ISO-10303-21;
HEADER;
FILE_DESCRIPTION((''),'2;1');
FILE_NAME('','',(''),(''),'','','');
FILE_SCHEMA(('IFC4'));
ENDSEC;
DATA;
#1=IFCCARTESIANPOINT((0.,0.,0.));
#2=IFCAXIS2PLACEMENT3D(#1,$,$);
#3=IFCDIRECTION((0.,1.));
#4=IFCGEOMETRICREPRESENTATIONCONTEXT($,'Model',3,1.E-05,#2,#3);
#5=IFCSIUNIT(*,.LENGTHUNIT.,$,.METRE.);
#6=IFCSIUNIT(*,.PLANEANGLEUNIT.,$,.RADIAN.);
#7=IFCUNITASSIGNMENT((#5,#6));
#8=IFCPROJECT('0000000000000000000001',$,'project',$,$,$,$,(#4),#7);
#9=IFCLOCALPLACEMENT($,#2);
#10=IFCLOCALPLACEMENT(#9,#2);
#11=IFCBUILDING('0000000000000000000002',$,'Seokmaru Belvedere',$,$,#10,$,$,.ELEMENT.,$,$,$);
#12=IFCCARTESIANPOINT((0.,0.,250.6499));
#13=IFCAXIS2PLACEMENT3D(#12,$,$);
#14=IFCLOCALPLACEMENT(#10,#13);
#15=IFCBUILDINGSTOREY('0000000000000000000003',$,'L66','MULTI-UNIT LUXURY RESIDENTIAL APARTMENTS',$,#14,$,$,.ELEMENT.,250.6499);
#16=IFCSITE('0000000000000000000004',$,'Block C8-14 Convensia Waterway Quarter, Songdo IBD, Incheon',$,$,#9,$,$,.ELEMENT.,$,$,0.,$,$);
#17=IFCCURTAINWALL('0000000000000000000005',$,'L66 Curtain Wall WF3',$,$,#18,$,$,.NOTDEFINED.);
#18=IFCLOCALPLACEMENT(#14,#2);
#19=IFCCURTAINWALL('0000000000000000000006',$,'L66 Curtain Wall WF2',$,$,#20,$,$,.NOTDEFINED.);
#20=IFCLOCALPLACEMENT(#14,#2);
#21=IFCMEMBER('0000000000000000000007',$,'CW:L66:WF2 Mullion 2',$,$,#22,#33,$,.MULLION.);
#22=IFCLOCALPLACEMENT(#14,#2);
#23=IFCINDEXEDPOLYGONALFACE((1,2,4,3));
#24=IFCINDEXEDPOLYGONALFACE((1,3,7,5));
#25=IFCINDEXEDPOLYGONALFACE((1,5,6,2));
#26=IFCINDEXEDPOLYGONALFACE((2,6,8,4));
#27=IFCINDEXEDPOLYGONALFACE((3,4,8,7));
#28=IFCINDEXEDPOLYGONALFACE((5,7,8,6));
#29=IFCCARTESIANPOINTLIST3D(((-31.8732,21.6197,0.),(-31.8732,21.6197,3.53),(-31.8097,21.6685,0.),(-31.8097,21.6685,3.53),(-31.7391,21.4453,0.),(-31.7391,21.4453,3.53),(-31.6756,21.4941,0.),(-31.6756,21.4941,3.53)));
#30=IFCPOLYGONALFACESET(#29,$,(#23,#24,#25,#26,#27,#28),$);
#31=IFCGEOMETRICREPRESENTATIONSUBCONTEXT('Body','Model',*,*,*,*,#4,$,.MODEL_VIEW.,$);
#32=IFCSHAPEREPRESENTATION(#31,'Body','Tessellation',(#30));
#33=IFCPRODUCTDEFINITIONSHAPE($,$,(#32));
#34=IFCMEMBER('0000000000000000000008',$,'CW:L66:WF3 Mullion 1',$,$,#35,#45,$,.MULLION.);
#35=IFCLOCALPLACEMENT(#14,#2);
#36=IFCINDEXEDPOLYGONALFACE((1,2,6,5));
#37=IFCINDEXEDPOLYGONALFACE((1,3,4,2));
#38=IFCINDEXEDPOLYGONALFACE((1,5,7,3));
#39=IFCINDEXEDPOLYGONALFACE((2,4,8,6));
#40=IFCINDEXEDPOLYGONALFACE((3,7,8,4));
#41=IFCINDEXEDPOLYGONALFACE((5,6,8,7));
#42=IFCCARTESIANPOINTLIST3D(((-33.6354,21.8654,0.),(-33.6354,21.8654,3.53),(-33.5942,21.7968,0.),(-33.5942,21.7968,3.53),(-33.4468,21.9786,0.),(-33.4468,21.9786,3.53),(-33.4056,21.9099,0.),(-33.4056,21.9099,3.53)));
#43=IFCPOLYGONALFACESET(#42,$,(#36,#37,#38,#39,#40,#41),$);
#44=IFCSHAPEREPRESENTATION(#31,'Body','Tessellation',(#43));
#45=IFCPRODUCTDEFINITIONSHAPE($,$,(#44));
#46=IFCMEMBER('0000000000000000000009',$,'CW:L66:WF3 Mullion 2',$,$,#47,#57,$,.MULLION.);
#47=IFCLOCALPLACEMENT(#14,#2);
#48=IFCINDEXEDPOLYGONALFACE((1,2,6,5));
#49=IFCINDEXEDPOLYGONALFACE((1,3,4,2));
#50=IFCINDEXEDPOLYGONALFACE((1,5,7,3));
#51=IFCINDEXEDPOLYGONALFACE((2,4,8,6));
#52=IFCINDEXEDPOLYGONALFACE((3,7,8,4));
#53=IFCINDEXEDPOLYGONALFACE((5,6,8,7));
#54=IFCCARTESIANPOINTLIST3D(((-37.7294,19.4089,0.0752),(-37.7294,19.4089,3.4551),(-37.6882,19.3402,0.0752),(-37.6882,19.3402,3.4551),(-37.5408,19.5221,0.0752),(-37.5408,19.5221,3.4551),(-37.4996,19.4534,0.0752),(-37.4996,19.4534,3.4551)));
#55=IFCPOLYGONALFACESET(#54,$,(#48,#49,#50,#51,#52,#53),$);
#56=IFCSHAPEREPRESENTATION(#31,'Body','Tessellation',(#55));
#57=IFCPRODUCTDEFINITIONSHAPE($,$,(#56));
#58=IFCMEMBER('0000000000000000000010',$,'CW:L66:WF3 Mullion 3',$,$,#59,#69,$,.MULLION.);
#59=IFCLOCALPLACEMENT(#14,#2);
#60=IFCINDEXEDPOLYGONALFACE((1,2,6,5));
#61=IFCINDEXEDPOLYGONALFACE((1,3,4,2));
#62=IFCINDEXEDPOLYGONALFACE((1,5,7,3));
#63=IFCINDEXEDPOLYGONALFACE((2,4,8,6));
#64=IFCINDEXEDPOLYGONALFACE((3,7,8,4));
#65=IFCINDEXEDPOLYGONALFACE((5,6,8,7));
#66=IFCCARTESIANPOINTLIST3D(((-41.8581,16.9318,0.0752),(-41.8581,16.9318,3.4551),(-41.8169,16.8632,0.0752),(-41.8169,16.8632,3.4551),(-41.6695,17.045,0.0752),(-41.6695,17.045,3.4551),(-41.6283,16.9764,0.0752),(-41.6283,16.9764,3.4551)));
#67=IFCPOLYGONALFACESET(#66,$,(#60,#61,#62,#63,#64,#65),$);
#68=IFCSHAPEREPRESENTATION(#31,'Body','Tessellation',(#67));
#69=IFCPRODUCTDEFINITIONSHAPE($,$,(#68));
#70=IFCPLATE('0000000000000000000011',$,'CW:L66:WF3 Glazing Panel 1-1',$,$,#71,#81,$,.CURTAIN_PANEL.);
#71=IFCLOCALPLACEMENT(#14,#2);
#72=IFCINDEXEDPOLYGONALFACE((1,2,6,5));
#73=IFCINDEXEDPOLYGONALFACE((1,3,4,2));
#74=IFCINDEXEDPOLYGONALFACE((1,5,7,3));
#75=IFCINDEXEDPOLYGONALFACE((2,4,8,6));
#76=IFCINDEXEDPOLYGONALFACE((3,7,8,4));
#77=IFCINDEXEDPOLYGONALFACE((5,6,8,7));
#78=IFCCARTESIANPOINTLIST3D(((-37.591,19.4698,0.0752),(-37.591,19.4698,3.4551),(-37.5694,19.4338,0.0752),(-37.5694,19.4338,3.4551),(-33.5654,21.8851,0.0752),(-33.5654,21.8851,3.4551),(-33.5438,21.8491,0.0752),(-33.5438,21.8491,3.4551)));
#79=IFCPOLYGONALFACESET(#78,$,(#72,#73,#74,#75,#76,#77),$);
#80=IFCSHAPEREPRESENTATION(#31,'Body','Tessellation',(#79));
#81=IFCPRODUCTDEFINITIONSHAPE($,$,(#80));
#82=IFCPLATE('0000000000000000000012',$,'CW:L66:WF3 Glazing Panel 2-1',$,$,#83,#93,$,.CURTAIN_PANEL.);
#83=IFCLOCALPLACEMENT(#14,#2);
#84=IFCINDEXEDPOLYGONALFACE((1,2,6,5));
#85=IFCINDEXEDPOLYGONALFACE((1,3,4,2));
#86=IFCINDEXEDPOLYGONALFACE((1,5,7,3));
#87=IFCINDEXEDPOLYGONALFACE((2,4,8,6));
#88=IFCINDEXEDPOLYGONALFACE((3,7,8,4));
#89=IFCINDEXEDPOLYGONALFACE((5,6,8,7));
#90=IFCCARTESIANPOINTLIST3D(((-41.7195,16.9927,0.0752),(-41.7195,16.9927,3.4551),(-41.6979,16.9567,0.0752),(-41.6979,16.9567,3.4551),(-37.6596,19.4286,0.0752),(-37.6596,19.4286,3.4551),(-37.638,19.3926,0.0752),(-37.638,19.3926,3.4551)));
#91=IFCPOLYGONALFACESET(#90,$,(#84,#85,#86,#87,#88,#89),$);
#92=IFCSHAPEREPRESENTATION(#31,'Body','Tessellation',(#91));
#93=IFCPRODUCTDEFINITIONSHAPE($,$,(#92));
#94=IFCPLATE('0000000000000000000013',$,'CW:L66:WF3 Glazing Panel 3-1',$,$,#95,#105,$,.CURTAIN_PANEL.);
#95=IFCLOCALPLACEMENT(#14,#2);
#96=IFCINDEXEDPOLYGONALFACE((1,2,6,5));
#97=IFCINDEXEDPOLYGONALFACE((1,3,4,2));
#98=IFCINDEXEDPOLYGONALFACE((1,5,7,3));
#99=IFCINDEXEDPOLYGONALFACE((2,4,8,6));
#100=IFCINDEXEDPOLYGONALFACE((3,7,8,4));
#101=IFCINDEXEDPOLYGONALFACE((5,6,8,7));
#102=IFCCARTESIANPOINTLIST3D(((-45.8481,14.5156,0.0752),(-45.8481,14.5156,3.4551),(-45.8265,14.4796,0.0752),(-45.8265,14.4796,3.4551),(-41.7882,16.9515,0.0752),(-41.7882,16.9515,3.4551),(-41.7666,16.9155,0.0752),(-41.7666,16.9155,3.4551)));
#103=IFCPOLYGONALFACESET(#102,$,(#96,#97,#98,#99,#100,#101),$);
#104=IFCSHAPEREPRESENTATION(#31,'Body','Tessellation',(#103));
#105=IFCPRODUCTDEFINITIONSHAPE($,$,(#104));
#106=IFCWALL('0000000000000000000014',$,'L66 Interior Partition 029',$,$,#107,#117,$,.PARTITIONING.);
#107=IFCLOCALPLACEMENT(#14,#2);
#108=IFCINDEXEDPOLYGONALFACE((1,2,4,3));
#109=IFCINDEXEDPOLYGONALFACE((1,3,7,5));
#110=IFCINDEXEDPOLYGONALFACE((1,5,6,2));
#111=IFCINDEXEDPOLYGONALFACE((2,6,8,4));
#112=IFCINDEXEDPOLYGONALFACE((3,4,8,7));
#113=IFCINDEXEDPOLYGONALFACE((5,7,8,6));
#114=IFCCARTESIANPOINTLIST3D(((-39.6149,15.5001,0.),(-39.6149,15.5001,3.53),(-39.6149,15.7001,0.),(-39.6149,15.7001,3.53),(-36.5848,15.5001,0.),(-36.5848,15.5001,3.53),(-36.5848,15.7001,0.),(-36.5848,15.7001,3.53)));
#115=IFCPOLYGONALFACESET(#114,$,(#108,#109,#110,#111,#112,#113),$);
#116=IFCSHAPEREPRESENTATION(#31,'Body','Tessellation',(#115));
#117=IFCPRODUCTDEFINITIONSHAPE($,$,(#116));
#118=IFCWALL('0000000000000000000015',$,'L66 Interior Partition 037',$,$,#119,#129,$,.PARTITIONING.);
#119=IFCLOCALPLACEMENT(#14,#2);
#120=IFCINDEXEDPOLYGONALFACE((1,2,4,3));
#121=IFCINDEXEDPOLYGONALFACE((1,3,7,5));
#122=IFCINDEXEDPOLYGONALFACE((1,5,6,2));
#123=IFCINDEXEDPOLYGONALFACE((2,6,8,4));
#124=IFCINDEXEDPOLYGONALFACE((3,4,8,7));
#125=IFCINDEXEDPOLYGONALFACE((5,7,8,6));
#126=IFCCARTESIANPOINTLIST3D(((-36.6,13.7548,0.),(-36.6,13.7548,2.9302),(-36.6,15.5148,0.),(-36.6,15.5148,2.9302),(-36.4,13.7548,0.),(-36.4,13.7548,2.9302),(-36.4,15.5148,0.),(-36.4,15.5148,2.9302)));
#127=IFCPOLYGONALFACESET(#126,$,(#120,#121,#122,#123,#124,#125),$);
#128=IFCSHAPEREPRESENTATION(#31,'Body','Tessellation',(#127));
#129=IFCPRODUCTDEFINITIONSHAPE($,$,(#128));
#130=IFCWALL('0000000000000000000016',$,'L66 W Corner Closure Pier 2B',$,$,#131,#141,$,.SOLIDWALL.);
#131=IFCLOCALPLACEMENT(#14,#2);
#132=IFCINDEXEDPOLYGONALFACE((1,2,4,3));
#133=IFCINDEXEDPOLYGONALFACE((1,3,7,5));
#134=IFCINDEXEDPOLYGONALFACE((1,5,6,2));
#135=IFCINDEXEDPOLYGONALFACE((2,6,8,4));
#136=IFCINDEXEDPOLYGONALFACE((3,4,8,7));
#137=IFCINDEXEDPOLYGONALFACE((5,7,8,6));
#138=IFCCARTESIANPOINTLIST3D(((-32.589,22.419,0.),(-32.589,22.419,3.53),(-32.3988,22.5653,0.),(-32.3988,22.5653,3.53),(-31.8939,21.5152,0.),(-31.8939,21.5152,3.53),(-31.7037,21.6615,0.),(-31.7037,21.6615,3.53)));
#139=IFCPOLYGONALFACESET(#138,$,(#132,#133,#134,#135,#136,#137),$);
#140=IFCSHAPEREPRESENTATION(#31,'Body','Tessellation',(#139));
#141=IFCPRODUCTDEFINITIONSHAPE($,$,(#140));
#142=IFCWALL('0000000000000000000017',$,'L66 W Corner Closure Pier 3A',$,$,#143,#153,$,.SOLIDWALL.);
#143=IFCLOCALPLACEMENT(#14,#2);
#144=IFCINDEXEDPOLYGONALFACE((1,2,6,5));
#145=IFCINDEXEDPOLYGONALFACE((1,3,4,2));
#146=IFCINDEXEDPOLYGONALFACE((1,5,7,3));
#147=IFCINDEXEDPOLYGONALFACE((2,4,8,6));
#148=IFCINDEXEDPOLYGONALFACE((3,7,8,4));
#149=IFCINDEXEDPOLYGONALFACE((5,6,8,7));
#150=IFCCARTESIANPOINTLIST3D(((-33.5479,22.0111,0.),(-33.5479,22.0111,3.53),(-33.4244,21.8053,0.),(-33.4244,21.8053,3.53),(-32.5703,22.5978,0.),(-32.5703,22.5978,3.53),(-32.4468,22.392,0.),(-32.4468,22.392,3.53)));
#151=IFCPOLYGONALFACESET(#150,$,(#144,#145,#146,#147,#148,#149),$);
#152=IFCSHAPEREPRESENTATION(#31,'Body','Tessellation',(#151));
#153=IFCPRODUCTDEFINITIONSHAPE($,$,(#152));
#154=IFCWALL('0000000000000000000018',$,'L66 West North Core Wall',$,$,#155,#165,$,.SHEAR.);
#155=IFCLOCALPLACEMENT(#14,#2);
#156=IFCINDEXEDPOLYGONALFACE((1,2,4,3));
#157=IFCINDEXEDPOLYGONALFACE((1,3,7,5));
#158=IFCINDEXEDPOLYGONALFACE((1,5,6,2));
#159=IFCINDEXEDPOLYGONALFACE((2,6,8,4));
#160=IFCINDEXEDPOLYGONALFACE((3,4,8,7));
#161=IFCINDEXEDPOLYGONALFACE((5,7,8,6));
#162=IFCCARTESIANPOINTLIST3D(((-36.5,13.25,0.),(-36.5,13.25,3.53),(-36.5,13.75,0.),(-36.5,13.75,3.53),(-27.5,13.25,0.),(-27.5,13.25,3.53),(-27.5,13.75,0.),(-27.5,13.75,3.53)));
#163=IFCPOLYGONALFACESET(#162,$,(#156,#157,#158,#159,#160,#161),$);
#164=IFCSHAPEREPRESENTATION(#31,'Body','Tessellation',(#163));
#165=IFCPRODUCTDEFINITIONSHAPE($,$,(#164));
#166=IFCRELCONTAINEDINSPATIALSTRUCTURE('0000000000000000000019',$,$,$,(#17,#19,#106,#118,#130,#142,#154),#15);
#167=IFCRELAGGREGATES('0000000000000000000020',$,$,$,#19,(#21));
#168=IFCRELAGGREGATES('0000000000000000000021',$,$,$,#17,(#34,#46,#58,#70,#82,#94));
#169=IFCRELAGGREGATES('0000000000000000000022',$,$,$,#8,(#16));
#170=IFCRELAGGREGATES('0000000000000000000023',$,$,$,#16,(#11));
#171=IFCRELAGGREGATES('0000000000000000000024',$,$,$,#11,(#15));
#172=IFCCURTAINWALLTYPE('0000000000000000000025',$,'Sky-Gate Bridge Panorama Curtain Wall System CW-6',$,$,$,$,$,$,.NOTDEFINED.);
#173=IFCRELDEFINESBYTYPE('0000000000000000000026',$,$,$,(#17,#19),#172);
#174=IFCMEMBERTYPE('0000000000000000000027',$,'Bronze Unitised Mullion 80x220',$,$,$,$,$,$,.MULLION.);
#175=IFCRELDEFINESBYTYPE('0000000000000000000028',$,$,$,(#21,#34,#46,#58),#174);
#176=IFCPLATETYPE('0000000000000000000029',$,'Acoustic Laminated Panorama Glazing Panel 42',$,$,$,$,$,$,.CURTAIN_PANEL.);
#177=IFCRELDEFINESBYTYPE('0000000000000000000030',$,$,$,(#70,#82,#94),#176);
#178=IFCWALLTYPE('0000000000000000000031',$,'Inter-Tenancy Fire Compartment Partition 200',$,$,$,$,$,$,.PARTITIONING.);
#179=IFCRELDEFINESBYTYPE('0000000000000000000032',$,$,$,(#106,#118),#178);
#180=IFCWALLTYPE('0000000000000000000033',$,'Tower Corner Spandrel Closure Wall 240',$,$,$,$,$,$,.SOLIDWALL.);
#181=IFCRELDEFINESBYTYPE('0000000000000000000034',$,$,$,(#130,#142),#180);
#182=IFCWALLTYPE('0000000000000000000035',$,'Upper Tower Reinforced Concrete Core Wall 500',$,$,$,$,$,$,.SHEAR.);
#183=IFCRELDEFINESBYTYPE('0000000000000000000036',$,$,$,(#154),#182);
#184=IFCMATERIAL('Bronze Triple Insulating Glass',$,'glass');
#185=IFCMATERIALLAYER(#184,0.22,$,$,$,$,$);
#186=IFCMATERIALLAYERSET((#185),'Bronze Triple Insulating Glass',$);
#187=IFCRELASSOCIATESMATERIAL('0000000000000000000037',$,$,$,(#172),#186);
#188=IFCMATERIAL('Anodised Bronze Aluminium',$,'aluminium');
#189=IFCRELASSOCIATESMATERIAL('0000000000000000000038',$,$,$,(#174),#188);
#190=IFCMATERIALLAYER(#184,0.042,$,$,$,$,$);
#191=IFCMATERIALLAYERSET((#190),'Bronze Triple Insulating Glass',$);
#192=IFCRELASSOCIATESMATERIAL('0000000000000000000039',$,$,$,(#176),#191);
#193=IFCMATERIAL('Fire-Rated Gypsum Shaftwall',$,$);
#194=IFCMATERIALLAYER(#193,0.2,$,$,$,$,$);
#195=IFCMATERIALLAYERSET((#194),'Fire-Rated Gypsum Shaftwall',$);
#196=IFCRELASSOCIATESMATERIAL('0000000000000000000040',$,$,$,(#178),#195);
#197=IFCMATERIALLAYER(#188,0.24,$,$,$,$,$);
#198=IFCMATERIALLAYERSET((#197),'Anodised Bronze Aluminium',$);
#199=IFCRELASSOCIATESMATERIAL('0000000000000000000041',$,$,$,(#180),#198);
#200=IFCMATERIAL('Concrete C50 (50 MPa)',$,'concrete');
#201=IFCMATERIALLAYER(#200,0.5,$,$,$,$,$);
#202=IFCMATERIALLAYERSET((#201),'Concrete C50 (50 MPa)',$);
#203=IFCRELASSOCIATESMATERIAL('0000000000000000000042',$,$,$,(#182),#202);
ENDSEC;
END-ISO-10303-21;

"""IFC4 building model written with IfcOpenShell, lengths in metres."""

from ifc_helpers import new_model, si_unit, direction, frame, frame_2d, origin, origin_2d, place, context, subcontext, project, spatial, rectangle, extrude, source, transform, mapped, material, layer, layer_set, material_profile, profile_set, type_object, type_shapes, element, aggregate, save


model = new_model("IFC4")

# Units and contexts
model_context = context("Model", 3, precision=1e-05, world=origin(), true_north=direction((0.0, 1.0)))
body_context = subcontext(model_context, "Body", "Model", "MODEL_VIEW")
ifc_project = project(units=[si_unit("LENGTHUNIT", "METRE"), si_unit("PLANEANGLEUNIT", "RADIAN")], contexts=[model_context])

# Site, building, storey
site_placement = place(None, origin())
site = spatial("IfcSite", under=ifc_project, at=site_placement, Name="Block C8-14 Convensia Waterway Quarter, Songdo IBD, Incheon", CompositionType="ELEMENT", RefElevation=0.0)
building_placement = place(site_placement, origin())
building = spatial("IfcBuilding", under=site, at=building_placement, Name="Seokmaru Belvedere", CompositionType="ELEMENT")
storey_placement = place(building_placement, frame((0.0, 0.0, 250.6499)))
storey = spatial("IfcBuildingStorey", under=building, at=storey_placement, Name="L66", Description="MULTI-UNIT LUXURY RESIDENTIAL APARTMENTS", CompositionType="ELEMENT", Elevation=250.6499)

# Curtain wall
ifc_material_1 = material(Name="Bronze Triple Insulating Glass", Category="glass")
ifc_layer_1 = layer(ifc_material_1, 0.22)
ifc_layer_set_1 = layer_set([ifc_layer_1], Name="Bronze Triple Insulating Glass")
curtain_wall_type = type_object("IfcCurtainWallType", Name="Sky-Gate Bridge Panorama Curtain Wall System CW-6", PredefinedType="NOTDEFINED", material=ifc_layer_set_1)
curtain_wall_1_placement = place(storey_placement, origin())
curtain_wall_1 = element("IfcCurtainWall", 1, at=curtain_wall_1_placement, inside=storey, type_object=curtain_wall_type, Name="L66 Curtain Wall WF3", PredefinedType="NOTDEFINED")
ifc_material_2 = material(Name="Anodised Bronze Aluminium", Category="aluminium")

# Curtain wall, member
curtain_wall_2_placement = place(storey_placement, origin())
curtain_wall_2 = element("IfcCurtainWall", 2, at=curtain_wall_2_placement, inside=storey, type_object=curtain_wall_type, Name="L66 Curtain Wall WF2", PredefinedType="NOTDEFINED")
ifc_material_profile_1 = material_profile(ifc_material_2, rectangle(XDim=0.0801, YDim=0.22, at=origin_2d()), Name="CW-M-80x220")
ifc_profile_set_1 = profile_set([ifc_material_profile_1], Name="Anodised Bronze Aluminium")
member_type_1 = type_object("IfcMemberType", Name="Bronze Unitised Mullion 80x220", PredefinedType="MULLION", material=ifc_profile_set_1)
shared_shape_1 = source(origin(), body_context, "Body", "SweptSolid", [
    extrude(rectangle(XDim=0.0801, YDim=0.22, at=origin_2d()), origin(), (0.0, 0.0, 1.0), 3.53),
])
member_1_placement = place(storey_placement, frame((-31.7744, 21.5569, 0.0), z_axis=(0.0, 0.0, 1.0), x_axis=(-0.792631, -0.609701, 0.0)))
member_1 = element("IfcMember", 3, at=member_1_placement, type_object=member_type_1, Name="CW:L66:WF2 Mullion 2", PredefinedType="MULLION", context=body_context, shape_type="MappedRepresentation", body=[
    mapped(shared_shape_1, transform((0.0, 0.0, 0.0), scale=1.0)),
])
aggregate(curtain_wall_2, [member_1])

# Members
member_2_placement = place(storey_placement, frame((-33.5205, 21.8877, 0.0), z_axis=(0.0, 0.0, 1.0), x_axis=(0.514495, -0.857493, 0.0)))
member_2 = element("IfcMember", 4, at=member_2_placement, type_object=member_type_1, Name="CW:L66:WF3 Mullion 1", PredefinedType="MULLION", context=body_context, shape_type="MappedRepresentation", body=[
    mapped(shared_shape_1, transform((0.0, 0.0, 0.0), scale=1.0)),
])
shared_shape_2 = source(origin(), body_context, "Body", "SweptSolid", [
    extrude(rectangle(XDim=0.0801, YDim=0.22, at=origin_2d()), origin(), (0.0, 0.0, 1.0), 3.3799),
])
type_shapes(member_type_1, [shared_shape_1, shared_shape_2])
member_3_placement = place(storey_placement, frame((-37.6145, 19.4312, 0.0752), z_axis=(0.0, 0.0, 1.0), x_axis=(0.514495, -0.857493, 0.0)))
member_3 = element("IfcMember", 5, at=member_3_placement, type_object=member_type_1, Name="CW:L66:WF3 Mullion 2", PredefinedType="MULLION", context=body_context, shape_type="MappedRepresentation", body=[
    mapped(shared_shape_2, transform((0.0, 0.0, 0.0), scale=1.0)),
])
member_4_placement = place(storey_placement, frame((-41.7432, 16.9541, 0.0752), z_axis=(0.0, 0.0, 1.0), x_axis=(0.514495, -0.857493, 0.0)))
member_4 = element("IfcMember", 6, at=member_4_placement, type_object=member_type_1, Name="CW:L66:WF3 Mullion 3", PredefinedType="MULLION", context=body_context, shape_type="MappedRepresentation", body=[
    mapped(shared_shape_2, transform((0.0, 0.0, 0.0), scale=1.0)),
])

# Plates
ifc_layer_2 = layer(ifc_material_1, 0.042)
ifc_layer_set_2 = layer_set([ifc_layer_2], Name="Bronze Triple Insulating Glass")
plate_type = type_object("IfcPlateType", Name="Acoustic Laminated Panorama Glazing Panel 42", PredefinedType="CURTAIN_PANEL", material=ifc_layer_set_2)
shared_shape_3 = source(origin(), body_context, "Body", "SweptSolid", [
    extrude(rectangle(XDim=4.6946, YDim=0.042, at=origin_2d()), origin(), (0.0, 0.0, 1.0), 3.3799),
])
plate_1_placement = place(storey_placement, frame((-35.5674, 20.6594, 0.0752), z_axis=(0.0, 0.0, 1.0), x_axis=(-0.857493, -0.514495, 0.0)))
plate_1 = element("IfcPlate", 7, at=plate_1_placement, type_object=plate_type, Name="CW:L66:WF3 Glazing Panel 1-1", PredefinedType="CURTAIN_PANEL", context=body_context, shape_type="MappedRepresentation", body=[
    mapped(shared_shape_3, transform((0.0, 0.0, 0.0), scale=1.0)),
])
shared_shape_4 = source(origin(), body_context, "Body", "SweptSolid", [
    extrude(rectangle(XDim=4.7346, YDim=0.042, at=origin_2d()), origin(), (0.0, 0.0, 1.0), 3.3799),
])
type_shapes(plate_type, [shared_shape_3, shared_shape_4])
plate_2_placement = place(storey_placement, frame((-39.6787, 18.1926, 0.0752), z_axis=(0.0, 0.0, 1.0), x_axis=(-0.857493, -0.514495, 0.0)))
plate_2 = element("IfcPlate", 8, at=plate_2_placement, type_object=plate_type, Name="CW:L66:WF3 Glazing Panel 2-1", PredefinedType="CURTAIN_PANEL", context=body_context, shape_type="MappedRepresentation", body=[
    mapped(shared_shape_4, transform((0.0, 0.0, 0.0), scale=1.0)),
])
plate_3_placement = place(storey_placement, frame((-43.8074, 15.7156, 0.0752), z_axis=(0.0, 0.0, 1.0), x_axis=(-0.857493, -0.514495, 0.0)))
plate_3 = element("IfcPlate", 9, at=plate_3_placement, type_object=plate_type, Name="CW:L66:WF3 Glazing Panel 3-1", PredefinedType="CURTAIN_PANEL", context=body_context, shape_type="MappedRepresentation", body=[
    mapped(shared_shape_4, transform((0.0, 0.0, 0.0), scale=1.0)),
])
aggregate(curtain_wall_1, [member_2, member_3, member_4, plate_1, plate_2, plate_3])

# Walls
ifc_material_3 = material(Name="Fire-Rated Gypsum Shaftwall")
ifc_layer_3 = layer(ifc_material_3, 0.2)
ifc_layer_set_3 = layer_set([ifc_layer_3], Name="Fire-Rated Gypsum Shaftwall")
wall_type_1 = type_object("IfcWallType", Name="Inter-Tenancy Fire Compartment Partition 200", PredefinedType="PARTITIONING", material=ifc_layer_set_3)
wall_1_placement = place(storey_placement, frame((-39.615, 15.6001, 0.0), z_axis=(0.0, 0.0, 1.0), x_axis=(1.0, 0.0, 0.0)))
element("IfcWall", 10, at=wall_1_placement, inside=storey, type_object=wall_type_1, Name="L66 Interior Partition 029", PredefinedType="PARTITIONING", context=body_context, shape_type="SweptSolid", body=[
    extrude(rectangle(XDim=3.03, YDim=0.2, at=frame_2d((1.5151, 0.0))), origin(), (0.0, 0.0, 1.0), 3.53),
])
wall_2_placement = place(storey_placement, frame((-36.5, 13.7549, 0.0), z_axis=(0.0, 0.0, 1.0), x_axis=(0.0, 1.0, 0.0)))
element("IfcWall", 11, at=wall_2_placement, inside=storey, type_object=wall_type_1, Name="L66 Interior Partition 037", PredefinedType="PARTITIONING", context=body_context, shape_type="SweptSolid", body=[
    extrude(rectangle(XDim=1.76, YDim=0.2, at=frame_2d((0.8799, 0.0))), origin(), (0.0, 0.0, 1.0), 2.9302),
])
ifc_layer_4 = layer(ifc_material_2, 0.24)
ifc_layer_set_4 = layer_set([ifc_layer_4], Name="Anodised Bronze Aluminium")
wall_type_2 = type_object("IfcWallType", Name="Tower Corner Spandrel Closure Wall 240", PredefinedType="SOLIDWALL", material=ifc_layer_set_4)
for number, where, z_axis, x_axis, name in (
    (12, (-31.7988, 21.5884, 0.0), (0.0, 0.0, 1.0), (-0.609618, 0.792696, 0.0), "L66 W Corner Closure Pier 2B"),
    (13, (-32.5085, 22.4949, 0.0), (0.0, 0.0, 1.0), (-0.857436, -0.51459, 0.0), "L66 W Corner Closure Pier 3A"),
):
    element("IfcWall", number, at=place(storey_placement, frame(where, z_axis=z_axis, x_axis=x_axis)), inside=storey, type_object=wall_type_2, Name=name, PredefinedType="SOLIDWALL", context=body_context, shape_type="SweptSolid", body=[
        extrude(rectangle(XDim=1.1401, YDim=0.24, at=frame_2d((0.5701, 0.0))), origin(), (0.0, 0.0, 1.0), 3.53),
    ])
ifc_material_4 = material(Name="Concrete C50 (50 MPa)", Category="concrete")
ifc_layer_5 = layer(ifc_material_4, 0.5)
ifc_layer_set_5 = layer_set([ifc_layer_5], Name="Concrete C50 (50 MPa)")
wall_type_3 = type_object("IfcWallType", Name="Upper Tower Reinforced Concrete Core Wall 500", PredefinedType="SHEAR", material=ifc_layer_set_5)
wall_3_placement = place(storey_placement, frame((-36.5, 13.5, 0.0), z_axis=(0.0, 0.0, 1.0), x_axis=(1.0, 0.0, 0.0)))
element("IfcWall", 14, at=wall_3_placement, inside=storey, type_object=wall_type_3, Name="L66 West North Core Wall", PredefinedType="SHEAR", context=body_context, shape_type="SweptSolid", body=[
    extrude(rectangle(XDim=9.0, YDim=0.5, at=frame_2d((4.5, 0.0))), origin(), (0.0, 0.0, 1.0), 3.53),
])

save(model, "model.ifc")
